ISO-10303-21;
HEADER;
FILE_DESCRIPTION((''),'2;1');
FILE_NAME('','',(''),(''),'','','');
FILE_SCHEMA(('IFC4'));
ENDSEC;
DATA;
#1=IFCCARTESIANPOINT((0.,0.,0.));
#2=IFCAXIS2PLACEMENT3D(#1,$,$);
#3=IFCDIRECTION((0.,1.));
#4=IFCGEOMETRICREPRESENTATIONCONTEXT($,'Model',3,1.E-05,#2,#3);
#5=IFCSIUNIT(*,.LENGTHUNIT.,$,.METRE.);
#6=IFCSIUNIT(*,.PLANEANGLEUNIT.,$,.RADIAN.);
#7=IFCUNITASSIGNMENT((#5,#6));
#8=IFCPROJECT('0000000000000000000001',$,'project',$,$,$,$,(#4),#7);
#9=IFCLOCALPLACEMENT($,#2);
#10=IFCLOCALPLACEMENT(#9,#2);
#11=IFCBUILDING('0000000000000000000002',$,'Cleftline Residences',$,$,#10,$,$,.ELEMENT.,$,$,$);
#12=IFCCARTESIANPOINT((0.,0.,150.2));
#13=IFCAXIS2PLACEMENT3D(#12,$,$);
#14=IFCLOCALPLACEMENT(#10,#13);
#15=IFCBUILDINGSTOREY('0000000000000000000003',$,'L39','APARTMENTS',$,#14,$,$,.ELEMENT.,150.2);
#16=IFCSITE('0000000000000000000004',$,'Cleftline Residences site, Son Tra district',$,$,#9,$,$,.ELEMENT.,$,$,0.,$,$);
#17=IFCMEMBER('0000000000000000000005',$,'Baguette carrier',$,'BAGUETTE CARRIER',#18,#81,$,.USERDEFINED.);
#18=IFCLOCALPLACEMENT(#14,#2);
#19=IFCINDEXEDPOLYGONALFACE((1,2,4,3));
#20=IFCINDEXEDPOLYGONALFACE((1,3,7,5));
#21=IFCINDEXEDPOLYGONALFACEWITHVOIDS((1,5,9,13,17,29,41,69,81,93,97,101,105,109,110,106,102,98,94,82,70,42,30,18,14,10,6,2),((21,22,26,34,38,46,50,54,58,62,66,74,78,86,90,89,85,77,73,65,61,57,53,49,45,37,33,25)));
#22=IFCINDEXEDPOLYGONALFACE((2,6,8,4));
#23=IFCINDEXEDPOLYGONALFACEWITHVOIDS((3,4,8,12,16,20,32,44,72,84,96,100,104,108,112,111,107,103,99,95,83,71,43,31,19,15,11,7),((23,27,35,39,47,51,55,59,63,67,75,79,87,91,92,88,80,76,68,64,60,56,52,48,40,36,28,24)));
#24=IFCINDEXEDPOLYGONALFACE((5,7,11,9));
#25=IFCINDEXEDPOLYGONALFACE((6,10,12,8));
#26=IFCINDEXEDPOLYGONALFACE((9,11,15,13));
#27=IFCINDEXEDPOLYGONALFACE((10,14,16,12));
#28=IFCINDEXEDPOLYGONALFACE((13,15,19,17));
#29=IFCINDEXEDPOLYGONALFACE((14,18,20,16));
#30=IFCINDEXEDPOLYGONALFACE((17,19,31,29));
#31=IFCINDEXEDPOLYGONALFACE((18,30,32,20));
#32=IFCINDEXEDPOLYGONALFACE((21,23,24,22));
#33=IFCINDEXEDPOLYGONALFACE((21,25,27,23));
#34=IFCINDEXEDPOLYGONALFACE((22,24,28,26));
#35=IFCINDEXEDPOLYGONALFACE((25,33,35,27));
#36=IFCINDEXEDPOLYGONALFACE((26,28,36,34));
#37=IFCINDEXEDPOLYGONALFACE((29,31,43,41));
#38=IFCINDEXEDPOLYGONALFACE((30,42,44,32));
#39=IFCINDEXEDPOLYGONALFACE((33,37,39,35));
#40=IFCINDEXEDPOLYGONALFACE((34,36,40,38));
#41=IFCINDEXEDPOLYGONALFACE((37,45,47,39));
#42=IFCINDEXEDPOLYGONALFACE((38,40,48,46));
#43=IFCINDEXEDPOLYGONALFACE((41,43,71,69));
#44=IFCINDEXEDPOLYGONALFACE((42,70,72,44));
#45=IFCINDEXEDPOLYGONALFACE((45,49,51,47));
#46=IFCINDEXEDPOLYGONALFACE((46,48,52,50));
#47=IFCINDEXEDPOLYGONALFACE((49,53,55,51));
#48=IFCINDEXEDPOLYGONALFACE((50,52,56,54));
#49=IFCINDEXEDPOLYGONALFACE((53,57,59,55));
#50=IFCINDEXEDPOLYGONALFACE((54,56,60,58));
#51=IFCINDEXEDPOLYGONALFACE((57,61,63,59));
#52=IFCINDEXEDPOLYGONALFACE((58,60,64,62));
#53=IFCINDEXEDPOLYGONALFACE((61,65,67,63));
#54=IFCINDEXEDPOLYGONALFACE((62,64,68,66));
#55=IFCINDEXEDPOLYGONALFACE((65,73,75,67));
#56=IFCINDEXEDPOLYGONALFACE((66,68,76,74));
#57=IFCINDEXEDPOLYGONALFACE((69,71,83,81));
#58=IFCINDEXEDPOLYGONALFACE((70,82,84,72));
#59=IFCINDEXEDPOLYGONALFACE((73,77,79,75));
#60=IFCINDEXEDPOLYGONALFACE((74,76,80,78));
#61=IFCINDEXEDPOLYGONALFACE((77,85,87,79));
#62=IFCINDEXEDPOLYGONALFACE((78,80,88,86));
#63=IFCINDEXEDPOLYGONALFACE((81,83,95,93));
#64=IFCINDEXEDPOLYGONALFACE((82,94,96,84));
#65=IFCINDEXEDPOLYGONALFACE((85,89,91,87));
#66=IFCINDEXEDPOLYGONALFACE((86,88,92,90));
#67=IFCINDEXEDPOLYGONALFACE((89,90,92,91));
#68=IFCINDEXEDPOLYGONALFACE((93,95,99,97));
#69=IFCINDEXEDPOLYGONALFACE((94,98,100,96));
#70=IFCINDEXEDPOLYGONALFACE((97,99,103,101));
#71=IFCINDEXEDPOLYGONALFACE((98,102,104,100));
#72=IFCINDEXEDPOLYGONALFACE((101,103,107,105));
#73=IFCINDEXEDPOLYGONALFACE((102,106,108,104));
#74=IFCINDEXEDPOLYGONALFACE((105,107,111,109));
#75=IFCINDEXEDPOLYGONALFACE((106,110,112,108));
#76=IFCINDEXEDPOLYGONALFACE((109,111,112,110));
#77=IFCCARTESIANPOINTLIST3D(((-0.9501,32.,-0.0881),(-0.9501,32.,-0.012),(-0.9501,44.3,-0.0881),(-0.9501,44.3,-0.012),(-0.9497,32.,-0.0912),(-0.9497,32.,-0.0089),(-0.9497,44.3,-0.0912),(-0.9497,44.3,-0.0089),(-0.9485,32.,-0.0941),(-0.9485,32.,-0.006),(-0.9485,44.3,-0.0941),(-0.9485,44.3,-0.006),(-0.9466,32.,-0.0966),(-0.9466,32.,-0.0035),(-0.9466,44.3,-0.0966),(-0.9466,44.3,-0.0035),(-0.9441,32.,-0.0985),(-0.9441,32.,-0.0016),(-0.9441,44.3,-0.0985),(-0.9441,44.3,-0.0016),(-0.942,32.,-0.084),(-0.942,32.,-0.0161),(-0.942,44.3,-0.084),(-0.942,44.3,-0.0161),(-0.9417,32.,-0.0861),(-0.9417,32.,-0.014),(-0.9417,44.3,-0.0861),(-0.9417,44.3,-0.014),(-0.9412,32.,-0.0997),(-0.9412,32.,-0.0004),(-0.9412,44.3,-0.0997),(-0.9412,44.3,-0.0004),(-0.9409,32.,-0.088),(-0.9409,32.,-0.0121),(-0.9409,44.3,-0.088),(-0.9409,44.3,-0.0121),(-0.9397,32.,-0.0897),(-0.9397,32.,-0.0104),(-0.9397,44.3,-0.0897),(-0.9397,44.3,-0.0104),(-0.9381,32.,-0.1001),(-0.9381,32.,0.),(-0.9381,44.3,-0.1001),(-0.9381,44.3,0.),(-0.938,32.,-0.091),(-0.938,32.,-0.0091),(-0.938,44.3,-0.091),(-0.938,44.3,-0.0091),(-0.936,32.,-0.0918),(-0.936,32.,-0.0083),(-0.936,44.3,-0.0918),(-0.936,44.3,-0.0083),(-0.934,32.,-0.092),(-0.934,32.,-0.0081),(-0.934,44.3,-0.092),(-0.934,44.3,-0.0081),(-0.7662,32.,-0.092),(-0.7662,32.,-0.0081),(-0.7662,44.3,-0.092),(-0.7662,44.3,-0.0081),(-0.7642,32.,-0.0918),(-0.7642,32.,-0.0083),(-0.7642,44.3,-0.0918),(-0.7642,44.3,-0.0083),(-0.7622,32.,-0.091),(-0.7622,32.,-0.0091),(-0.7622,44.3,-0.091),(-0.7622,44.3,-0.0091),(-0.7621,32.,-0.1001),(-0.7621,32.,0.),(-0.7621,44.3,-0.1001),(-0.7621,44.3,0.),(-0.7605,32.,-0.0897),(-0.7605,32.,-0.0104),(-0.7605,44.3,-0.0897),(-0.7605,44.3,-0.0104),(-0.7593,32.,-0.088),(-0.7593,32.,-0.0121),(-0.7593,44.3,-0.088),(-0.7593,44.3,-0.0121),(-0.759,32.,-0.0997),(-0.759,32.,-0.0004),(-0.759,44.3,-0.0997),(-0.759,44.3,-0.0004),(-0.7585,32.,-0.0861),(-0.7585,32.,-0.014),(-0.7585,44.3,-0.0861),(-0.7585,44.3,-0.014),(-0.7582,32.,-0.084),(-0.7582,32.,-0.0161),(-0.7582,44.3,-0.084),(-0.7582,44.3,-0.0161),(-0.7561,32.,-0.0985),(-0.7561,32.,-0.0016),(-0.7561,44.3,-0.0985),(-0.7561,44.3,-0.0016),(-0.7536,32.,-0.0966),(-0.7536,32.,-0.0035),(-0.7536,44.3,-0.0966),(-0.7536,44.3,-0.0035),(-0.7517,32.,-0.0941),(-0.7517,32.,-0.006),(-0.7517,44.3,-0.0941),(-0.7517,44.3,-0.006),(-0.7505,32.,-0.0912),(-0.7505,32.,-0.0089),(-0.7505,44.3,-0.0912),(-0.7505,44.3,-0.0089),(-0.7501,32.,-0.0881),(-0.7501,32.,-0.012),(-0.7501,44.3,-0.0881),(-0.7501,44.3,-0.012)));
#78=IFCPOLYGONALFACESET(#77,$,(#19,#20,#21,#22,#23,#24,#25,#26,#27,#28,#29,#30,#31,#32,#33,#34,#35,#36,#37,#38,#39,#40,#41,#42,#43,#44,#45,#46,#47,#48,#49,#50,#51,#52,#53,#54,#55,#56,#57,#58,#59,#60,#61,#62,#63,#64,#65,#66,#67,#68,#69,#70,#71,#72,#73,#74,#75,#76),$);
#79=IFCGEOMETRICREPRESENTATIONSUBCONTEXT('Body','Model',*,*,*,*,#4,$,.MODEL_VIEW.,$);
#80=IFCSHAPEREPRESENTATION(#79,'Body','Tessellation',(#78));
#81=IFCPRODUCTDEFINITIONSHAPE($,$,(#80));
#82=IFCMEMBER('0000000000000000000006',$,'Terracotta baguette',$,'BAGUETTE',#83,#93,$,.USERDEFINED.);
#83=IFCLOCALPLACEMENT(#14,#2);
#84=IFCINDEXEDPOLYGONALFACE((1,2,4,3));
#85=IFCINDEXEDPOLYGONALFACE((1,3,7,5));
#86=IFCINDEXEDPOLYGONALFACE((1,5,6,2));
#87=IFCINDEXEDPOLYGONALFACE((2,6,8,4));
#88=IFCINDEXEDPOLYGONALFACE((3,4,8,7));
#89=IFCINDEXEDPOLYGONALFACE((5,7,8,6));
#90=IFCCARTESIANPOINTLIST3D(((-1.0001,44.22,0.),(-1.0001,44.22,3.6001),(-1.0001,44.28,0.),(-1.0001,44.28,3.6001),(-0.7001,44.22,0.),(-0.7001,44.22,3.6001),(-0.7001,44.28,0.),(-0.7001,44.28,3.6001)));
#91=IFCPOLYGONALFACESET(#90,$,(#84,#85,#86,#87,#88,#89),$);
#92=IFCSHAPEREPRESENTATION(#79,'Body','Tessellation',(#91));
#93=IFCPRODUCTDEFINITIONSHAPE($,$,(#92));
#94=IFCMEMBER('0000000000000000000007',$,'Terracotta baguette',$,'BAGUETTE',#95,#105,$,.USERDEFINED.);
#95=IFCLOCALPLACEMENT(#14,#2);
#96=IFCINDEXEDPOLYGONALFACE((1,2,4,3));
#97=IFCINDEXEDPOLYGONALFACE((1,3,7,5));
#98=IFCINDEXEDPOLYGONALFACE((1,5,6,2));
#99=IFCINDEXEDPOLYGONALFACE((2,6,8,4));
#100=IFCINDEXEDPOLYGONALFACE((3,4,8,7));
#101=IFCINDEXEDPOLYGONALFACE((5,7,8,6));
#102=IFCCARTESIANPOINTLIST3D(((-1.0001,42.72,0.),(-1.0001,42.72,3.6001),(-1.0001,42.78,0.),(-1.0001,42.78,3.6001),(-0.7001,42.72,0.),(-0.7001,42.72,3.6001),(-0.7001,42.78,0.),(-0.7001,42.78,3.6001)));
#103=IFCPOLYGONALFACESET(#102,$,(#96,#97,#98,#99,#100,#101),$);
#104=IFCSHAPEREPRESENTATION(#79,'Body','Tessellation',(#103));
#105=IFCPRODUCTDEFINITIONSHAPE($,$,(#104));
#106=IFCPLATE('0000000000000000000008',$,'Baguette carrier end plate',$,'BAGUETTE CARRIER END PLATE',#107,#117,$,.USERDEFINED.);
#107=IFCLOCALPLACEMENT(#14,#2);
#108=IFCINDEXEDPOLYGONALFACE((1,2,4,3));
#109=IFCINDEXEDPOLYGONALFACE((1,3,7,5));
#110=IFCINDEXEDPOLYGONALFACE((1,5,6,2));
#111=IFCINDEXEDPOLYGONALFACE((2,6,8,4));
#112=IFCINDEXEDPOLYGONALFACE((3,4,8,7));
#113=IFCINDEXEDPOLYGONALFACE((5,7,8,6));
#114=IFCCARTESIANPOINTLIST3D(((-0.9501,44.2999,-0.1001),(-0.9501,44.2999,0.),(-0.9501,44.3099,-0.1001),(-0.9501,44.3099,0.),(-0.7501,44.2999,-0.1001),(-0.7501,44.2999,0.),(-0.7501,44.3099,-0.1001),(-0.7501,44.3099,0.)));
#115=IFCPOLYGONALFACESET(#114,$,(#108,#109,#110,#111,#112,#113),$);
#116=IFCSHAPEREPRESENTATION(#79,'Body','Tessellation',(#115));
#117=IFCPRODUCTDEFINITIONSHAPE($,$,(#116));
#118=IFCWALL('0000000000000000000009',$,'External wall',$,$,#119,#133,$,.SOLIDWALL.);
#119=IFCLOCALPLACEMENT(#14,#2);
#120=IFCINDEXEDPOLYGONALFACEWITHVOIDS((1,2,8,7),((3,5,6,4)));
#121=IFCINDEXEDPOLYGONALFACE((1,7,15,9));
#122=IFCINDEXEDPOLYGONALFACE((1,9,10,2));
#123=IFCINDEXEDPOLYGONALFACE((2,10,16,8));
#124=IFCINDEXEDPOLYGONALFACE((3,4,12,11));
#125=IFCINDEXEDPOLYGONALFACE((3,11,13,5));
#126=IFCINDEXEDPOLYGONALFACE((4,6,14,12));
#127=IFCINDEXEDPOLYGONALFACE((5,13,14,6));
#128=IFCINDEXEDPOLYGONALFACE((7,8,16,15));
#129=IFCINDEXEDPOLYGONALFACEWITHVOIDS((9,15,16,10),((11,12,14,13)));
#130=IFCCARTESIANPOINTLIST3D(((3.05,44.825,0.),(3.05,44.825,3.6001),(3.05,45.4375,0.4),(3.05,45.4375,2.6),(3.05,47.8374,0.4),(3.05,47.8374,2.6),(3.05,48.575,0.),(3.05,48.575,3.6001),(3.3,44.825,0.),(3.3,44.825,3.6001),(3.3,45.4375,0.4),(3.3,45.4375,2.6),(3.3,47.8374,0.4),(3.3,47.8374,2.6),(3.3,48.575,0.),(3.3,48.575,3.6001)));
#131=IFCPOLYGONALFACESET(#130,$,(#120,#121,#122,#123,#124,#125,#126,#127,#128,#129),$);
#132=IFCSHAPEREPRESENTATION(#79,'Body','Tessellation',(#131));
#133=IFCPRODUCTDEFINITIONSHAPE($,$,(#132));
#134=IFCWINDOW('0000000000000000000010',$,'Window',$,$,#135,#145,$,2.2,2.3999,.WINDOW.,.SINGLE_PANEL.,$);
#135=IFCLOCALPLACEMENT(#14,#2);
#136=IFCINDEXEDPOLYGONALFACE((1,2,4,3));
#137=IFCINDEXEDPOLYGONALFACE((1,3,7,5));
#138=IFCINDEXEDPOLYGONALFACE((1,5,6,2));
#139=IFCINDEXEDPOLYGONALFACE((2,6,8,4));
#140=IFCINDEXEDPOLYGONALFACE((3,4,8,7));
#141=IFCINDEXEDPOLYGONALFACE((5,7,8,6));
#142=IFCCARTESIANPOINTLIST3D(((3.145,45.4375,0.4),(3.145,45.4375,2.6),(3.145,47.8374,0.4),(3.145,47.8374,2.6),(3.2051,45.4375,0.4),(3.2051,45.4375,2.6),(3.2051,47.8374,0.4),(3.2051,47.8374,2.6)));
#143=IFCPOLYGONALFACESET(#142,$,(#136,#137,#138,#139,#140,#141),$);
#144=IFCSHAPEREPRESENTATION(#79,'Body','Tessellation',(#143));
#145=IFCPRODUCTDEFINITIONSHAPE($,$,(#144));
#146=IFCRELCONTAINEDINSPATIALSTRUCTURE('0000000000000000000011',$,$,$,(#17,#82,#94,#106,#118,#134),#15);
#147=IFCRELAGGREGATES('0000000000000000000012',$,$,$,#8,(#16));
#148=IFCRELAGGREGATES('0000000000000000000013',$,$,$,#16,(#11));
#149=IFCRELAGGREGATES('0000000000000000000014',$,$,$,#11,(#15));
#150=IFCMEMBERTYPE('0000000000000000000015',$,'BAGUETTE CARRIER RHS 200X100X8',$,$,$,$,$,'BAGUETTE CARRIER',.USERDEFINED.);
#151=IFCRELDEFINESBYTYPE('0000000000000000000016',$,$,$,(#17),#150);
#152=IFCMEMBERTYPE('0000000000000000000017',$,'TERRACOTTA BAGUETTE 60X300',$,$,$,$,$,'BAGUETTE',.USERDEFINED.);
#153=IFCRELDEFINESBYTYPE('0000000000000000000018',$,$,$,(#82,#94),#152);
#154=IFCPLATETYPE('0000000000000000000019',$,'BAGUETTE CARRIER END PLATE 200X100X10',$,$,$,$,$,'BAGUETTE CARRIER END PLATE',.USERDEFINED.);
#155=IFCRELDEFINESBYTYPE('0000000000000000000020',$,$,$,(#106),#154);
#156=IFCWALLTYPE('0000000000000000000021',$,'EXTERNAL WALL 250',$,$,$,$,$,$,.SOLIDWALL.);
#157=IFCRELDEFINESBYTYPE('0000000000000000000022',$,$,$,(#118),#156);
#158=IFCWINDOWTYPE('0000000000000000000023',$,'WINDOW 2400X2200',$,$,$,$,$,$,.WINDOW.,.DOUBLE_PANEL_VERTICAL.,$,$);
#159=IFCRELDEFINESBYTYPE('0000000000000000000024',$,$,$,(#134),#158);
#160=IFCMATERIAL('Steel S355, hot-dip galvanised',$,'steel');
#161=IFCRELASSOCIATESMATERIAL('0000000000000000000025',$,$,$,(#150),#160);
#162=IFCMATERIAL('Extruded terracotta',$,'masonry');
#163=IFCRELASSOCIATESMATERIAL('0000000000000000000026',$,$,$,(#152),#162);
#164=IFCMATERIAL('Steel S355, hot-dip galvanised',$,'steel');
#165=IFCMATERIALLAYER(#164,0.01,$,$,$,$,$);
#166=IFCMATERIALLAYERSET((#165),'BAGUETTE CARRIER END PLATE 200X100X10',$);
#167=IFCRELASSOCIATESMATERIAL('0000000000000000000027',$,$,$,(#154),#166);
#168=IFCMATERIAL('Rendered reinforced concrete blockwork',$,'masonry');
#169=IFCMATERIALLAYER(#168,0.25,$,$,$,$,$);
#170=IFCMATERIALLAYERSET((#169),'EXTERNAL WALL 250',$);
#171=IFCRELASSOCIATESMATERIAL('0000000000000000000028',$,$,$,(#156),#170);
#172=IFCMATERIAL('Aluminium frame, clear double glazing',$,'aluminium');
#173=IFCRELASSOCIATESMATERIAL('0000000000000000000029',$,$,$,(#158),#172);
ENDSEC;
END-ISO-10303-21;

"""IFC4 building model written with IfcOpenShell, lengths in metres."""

from ifc_helpers import new_model, si_unit, direction, frame, frame_2d, origin, origin_2d, place, context, subcontext, project, spatial, rectangle, hollow_rectangle, extrude, material, layer, layer_set, material_profile, profile_set, type_object, element, fill, save


model = new_model("IFC4")

# Units and contexts
model_context = context("Model", 3, precision=1e-05, world=origin(), true_north=direction((0.0, 1.0)))
body_context = subcontext(model_context, "Body", "Model", "MODEL_VIEW")
ifc_project = project(units=[si_unit("LENGTHUNIT", "METRE"), si_unit("PLANEANGLEUNIT", "RADIAN")], contexts=[model_context])

# Site, building, storey
site_placement = place(None, origin())
site = spatial("IfcSite", under=ifc_project, at=site_placement, Name="Cleftline Residences site, Son Tra district", CompositionType="ELEMENT", RefElevation=0.0)
building_placement = place(site_placement, origin())
building = spatial("IfcBuilding", under=site, at=building_placement, Name="Cleftline Residences", CompositionType="ELEMENT")
storey_placement = place(building_placement, frame((0.0, 0.0, 150.2)))
storey = spatial("IfcBuildingStorey", under=building, at=storey_placement, Name="L39", Description="APARTMENTS", CompositionType="ELEMENT", Elevation=150.2)

# Members
ifc_material_1 = material(Name="Steel S355, hot-dip galvanised", Category="steel")
ifc_material_profile_1 = material_profile(ifc_material_1, hollow_rectangle(XDim=0.1001, YDim=0.2, WallThickness=0.0081, InnerFilletRadius=0.0081, OuterFilletRadius=0.012, at=origin_2d()))
ifc_profile_set_1 = profile_set([ifc_material_profile_1], Name="Steel S355, hot-dip galvanised")
member_type_1 = type_object("IfcMemberType", Name="BAGUETTE CARRIER RHS 200X100X8", ElementType="BAGUETTE CARRIER", PredefinedType="USERDEFINED", material=ifc_profile_set_1)
member_placement = place(storey_placement, frame((-0.8501, 44.3, -0.05), z_axis=(0.0, -1.0, 0.0), x_axis=(0.0, 0.0, 1.0)))
element("IfcMember", 1, at=member_placement, inside=storey, type_object=member_type_1, Name="Baguette carrier", ObjectType="BAGUETTE CARRIER", PredefinedType="USERDEFINED", context=body_context, shape_type="SweptSolid", body=[
    extrude(hollow_rectangle(XDim=0.1001, YDim=0.2, WallThickness=0.0081, InnerFilletRadius=0.0081, OuterFilletRadius=0.012, at=origin_2d()), origin(), (0.0, 0.0, 1.0), 12.3),
])
ifc_material_2 = material(Name="Extruded terracotta", Category="masonry")
ifc_material_profile_2 = material_profile(ifc_material_2, rectangle(XDim=0.0601, YDim=0.3, at=origin_2d()))
ifc_profile_set_2 = profile_set([ifc_material_profile_2], Name="Extruded terracotta")
member_type_2 = type_object("IfcMemberType", Name="TERRACOTTA BAGUETTE 60X300", ElementType="BAGUETTE", PredefinedType="USERDEFINED", material=ifc_profile_set_2)
for number, where, z_axis, x_axis, name in (
    (2, (-0.8501, 44.25, 0.0), (0.0, 0.0, 1.0), (0.0, 1.0, 0.0), "Terracotta baguette"),
    (3, (-0.8501, 42.75, 0.0), (0.0, 0.0, 1.0), (0.0, 1.0, 0.0), "Terracotta baguette"),
):
    element("IfcMember", number, at=place(storey_placement, frame(where, z_axis=z_axis, x_axis=x_axis)), inside=storey, type_object=member_type_2, Name=name, ObjectType="BAGUETTE", PredefinedType="USERDEFINED", context=body_context, shape_type="SweptSolid", body=[
        extrude(rectangle(XDim=0.0601, YDim=0.3, at=origin_2d()), origin(), (0.0, 0.0, 1.0), 3.6001),
    ])

# Plate
ifc_material_3 = material(Name="Steel S355, hot-dip galvanised", Category="steel")
ifc_layer_1 = layer(ifc_material_3, 0.01)
ifc_layer_set_1 = layer_set([ifc_layer_1], Name="BAGUETTE CARRIER END PLATE 200X100X10")
plate_type = type_object("IfcPlateType", Name="BAGUETTE CARRIER END PLATE 200X100X10", ElementType="BAGUETTE CARRIER END PLATE", PredefinedType="USERDEFINED", material=ifc_layer_set_1)
plate_placement = place(storey_placement, frame((-0.8501, 44.3049, -0.1001), z_axis=(0.0, 0.0, 1.0), x_axis=(-1.0, 0.0, 0.0)))
element("IfcPlate", 4, at=plate_placement, inside=storey, type_object=plate_type, Name="Baguette carrier end plate", ObjectType="BAGUETTE CARRIER END PLATE", PredefinedType="USERDEFINED", context=body_context, shape_type="SweptSolid", body=[
    extrude(rectangle(XDim=0.2, YDim=0.01, at=origin_2d()), origin(), (0.0, 0.0, 1.0), 0.1001),
])

# Wall, opening, window
ifc_material_4 = material(Name="Rendered reinforced concrete blockwork", Category="masonry")
ifc_layer_2 = layer(ifc_material_4, 0.25)
ifc_layer_set_2 = layer_set([ifc_layer_2], Name="EXTERNAL WALL 250")
wall_type = type_object("IfcWallType", Name="EXTERNAL WALL 250", PredefinedType="SOLIDWALL", material=ifc_layer_set_2)
wall_1_placement = place(storey_placement, frame((3.175, 48.575, 0.0), z_axis=(0.0, 0.0, 1.0), x_axis=(0.0, -1.0, 0.0)))
wall_1 = element("IfcWall", 5, at=wall_1_placement, inside=storey, type_object=wall_type, Name="External wall", PredefinedType="SOLIDWALL", context=body_context, shape_type="SweptSolid", body=[
    extrude(rectangle(XDim=3.75, YDim=0.25, at=frame_2d((1.875, 0.0))), origin(), (0.0, 0.0, 1.0), 3.6001),
])
opening_1_placement = place(wall_1_placement, frame((0.7375, 0.0, 0.3999)))
opening_1 = element("IfcOpeningElement", 6, at=opening_1_placement, cuts=wall_1, PredefinedType="OPENING", context=body_context, shape_type="SweptSolid", body=[
    extrude(rectangle(XDim=2.3999, YDim=2.2, at=frame_2d((1.2, 1.1001))), frame((0.0, 0.135, 0.0), z_axis=(0.0, -1.0, 0.0), x_axis=(1.0, 0.0, 0.0)), (0.0, 0.0, 1.0), 0.27),
])
ifc_material_5 = material(Name="Aluminium frame, clear double glazing", Category="aluminium")
window_type_1 = type_object("IfcWindowType", Name="WINDOW 2400X2200", PartitioningType="DOUBLE_PANEL_VERTICAL", PredefinedType="WINDOW", material=ifc_material_5)
window_1_placement = place(opening_1_placement, origin())
window_1 = element("IfcWindow", 7, at=window_1_placement, inside=storey, type_object=window_type_1, Name="Window", OverallHeight=2.2, OverallWidth=2.3999, PartitioningType="SINGLE_PANEL", PredefinedType="WINDOW", context=body_context, shape_type="SweptSolid", body=[
    extrude(rectangle(XDim=2.3999, YDim=2.2, at=frame_2d((1.2, 1.1001))), frame((0.0, 0.03, 0.0), z_axis=(0.0, -1.0, 0.0), x_axis=(1.0, 0.0, 0.0)), (0.0, 0.0, 1.0), 0.0601),
])
fill(opening_1, window_1)

save(model, "model.ifc")
